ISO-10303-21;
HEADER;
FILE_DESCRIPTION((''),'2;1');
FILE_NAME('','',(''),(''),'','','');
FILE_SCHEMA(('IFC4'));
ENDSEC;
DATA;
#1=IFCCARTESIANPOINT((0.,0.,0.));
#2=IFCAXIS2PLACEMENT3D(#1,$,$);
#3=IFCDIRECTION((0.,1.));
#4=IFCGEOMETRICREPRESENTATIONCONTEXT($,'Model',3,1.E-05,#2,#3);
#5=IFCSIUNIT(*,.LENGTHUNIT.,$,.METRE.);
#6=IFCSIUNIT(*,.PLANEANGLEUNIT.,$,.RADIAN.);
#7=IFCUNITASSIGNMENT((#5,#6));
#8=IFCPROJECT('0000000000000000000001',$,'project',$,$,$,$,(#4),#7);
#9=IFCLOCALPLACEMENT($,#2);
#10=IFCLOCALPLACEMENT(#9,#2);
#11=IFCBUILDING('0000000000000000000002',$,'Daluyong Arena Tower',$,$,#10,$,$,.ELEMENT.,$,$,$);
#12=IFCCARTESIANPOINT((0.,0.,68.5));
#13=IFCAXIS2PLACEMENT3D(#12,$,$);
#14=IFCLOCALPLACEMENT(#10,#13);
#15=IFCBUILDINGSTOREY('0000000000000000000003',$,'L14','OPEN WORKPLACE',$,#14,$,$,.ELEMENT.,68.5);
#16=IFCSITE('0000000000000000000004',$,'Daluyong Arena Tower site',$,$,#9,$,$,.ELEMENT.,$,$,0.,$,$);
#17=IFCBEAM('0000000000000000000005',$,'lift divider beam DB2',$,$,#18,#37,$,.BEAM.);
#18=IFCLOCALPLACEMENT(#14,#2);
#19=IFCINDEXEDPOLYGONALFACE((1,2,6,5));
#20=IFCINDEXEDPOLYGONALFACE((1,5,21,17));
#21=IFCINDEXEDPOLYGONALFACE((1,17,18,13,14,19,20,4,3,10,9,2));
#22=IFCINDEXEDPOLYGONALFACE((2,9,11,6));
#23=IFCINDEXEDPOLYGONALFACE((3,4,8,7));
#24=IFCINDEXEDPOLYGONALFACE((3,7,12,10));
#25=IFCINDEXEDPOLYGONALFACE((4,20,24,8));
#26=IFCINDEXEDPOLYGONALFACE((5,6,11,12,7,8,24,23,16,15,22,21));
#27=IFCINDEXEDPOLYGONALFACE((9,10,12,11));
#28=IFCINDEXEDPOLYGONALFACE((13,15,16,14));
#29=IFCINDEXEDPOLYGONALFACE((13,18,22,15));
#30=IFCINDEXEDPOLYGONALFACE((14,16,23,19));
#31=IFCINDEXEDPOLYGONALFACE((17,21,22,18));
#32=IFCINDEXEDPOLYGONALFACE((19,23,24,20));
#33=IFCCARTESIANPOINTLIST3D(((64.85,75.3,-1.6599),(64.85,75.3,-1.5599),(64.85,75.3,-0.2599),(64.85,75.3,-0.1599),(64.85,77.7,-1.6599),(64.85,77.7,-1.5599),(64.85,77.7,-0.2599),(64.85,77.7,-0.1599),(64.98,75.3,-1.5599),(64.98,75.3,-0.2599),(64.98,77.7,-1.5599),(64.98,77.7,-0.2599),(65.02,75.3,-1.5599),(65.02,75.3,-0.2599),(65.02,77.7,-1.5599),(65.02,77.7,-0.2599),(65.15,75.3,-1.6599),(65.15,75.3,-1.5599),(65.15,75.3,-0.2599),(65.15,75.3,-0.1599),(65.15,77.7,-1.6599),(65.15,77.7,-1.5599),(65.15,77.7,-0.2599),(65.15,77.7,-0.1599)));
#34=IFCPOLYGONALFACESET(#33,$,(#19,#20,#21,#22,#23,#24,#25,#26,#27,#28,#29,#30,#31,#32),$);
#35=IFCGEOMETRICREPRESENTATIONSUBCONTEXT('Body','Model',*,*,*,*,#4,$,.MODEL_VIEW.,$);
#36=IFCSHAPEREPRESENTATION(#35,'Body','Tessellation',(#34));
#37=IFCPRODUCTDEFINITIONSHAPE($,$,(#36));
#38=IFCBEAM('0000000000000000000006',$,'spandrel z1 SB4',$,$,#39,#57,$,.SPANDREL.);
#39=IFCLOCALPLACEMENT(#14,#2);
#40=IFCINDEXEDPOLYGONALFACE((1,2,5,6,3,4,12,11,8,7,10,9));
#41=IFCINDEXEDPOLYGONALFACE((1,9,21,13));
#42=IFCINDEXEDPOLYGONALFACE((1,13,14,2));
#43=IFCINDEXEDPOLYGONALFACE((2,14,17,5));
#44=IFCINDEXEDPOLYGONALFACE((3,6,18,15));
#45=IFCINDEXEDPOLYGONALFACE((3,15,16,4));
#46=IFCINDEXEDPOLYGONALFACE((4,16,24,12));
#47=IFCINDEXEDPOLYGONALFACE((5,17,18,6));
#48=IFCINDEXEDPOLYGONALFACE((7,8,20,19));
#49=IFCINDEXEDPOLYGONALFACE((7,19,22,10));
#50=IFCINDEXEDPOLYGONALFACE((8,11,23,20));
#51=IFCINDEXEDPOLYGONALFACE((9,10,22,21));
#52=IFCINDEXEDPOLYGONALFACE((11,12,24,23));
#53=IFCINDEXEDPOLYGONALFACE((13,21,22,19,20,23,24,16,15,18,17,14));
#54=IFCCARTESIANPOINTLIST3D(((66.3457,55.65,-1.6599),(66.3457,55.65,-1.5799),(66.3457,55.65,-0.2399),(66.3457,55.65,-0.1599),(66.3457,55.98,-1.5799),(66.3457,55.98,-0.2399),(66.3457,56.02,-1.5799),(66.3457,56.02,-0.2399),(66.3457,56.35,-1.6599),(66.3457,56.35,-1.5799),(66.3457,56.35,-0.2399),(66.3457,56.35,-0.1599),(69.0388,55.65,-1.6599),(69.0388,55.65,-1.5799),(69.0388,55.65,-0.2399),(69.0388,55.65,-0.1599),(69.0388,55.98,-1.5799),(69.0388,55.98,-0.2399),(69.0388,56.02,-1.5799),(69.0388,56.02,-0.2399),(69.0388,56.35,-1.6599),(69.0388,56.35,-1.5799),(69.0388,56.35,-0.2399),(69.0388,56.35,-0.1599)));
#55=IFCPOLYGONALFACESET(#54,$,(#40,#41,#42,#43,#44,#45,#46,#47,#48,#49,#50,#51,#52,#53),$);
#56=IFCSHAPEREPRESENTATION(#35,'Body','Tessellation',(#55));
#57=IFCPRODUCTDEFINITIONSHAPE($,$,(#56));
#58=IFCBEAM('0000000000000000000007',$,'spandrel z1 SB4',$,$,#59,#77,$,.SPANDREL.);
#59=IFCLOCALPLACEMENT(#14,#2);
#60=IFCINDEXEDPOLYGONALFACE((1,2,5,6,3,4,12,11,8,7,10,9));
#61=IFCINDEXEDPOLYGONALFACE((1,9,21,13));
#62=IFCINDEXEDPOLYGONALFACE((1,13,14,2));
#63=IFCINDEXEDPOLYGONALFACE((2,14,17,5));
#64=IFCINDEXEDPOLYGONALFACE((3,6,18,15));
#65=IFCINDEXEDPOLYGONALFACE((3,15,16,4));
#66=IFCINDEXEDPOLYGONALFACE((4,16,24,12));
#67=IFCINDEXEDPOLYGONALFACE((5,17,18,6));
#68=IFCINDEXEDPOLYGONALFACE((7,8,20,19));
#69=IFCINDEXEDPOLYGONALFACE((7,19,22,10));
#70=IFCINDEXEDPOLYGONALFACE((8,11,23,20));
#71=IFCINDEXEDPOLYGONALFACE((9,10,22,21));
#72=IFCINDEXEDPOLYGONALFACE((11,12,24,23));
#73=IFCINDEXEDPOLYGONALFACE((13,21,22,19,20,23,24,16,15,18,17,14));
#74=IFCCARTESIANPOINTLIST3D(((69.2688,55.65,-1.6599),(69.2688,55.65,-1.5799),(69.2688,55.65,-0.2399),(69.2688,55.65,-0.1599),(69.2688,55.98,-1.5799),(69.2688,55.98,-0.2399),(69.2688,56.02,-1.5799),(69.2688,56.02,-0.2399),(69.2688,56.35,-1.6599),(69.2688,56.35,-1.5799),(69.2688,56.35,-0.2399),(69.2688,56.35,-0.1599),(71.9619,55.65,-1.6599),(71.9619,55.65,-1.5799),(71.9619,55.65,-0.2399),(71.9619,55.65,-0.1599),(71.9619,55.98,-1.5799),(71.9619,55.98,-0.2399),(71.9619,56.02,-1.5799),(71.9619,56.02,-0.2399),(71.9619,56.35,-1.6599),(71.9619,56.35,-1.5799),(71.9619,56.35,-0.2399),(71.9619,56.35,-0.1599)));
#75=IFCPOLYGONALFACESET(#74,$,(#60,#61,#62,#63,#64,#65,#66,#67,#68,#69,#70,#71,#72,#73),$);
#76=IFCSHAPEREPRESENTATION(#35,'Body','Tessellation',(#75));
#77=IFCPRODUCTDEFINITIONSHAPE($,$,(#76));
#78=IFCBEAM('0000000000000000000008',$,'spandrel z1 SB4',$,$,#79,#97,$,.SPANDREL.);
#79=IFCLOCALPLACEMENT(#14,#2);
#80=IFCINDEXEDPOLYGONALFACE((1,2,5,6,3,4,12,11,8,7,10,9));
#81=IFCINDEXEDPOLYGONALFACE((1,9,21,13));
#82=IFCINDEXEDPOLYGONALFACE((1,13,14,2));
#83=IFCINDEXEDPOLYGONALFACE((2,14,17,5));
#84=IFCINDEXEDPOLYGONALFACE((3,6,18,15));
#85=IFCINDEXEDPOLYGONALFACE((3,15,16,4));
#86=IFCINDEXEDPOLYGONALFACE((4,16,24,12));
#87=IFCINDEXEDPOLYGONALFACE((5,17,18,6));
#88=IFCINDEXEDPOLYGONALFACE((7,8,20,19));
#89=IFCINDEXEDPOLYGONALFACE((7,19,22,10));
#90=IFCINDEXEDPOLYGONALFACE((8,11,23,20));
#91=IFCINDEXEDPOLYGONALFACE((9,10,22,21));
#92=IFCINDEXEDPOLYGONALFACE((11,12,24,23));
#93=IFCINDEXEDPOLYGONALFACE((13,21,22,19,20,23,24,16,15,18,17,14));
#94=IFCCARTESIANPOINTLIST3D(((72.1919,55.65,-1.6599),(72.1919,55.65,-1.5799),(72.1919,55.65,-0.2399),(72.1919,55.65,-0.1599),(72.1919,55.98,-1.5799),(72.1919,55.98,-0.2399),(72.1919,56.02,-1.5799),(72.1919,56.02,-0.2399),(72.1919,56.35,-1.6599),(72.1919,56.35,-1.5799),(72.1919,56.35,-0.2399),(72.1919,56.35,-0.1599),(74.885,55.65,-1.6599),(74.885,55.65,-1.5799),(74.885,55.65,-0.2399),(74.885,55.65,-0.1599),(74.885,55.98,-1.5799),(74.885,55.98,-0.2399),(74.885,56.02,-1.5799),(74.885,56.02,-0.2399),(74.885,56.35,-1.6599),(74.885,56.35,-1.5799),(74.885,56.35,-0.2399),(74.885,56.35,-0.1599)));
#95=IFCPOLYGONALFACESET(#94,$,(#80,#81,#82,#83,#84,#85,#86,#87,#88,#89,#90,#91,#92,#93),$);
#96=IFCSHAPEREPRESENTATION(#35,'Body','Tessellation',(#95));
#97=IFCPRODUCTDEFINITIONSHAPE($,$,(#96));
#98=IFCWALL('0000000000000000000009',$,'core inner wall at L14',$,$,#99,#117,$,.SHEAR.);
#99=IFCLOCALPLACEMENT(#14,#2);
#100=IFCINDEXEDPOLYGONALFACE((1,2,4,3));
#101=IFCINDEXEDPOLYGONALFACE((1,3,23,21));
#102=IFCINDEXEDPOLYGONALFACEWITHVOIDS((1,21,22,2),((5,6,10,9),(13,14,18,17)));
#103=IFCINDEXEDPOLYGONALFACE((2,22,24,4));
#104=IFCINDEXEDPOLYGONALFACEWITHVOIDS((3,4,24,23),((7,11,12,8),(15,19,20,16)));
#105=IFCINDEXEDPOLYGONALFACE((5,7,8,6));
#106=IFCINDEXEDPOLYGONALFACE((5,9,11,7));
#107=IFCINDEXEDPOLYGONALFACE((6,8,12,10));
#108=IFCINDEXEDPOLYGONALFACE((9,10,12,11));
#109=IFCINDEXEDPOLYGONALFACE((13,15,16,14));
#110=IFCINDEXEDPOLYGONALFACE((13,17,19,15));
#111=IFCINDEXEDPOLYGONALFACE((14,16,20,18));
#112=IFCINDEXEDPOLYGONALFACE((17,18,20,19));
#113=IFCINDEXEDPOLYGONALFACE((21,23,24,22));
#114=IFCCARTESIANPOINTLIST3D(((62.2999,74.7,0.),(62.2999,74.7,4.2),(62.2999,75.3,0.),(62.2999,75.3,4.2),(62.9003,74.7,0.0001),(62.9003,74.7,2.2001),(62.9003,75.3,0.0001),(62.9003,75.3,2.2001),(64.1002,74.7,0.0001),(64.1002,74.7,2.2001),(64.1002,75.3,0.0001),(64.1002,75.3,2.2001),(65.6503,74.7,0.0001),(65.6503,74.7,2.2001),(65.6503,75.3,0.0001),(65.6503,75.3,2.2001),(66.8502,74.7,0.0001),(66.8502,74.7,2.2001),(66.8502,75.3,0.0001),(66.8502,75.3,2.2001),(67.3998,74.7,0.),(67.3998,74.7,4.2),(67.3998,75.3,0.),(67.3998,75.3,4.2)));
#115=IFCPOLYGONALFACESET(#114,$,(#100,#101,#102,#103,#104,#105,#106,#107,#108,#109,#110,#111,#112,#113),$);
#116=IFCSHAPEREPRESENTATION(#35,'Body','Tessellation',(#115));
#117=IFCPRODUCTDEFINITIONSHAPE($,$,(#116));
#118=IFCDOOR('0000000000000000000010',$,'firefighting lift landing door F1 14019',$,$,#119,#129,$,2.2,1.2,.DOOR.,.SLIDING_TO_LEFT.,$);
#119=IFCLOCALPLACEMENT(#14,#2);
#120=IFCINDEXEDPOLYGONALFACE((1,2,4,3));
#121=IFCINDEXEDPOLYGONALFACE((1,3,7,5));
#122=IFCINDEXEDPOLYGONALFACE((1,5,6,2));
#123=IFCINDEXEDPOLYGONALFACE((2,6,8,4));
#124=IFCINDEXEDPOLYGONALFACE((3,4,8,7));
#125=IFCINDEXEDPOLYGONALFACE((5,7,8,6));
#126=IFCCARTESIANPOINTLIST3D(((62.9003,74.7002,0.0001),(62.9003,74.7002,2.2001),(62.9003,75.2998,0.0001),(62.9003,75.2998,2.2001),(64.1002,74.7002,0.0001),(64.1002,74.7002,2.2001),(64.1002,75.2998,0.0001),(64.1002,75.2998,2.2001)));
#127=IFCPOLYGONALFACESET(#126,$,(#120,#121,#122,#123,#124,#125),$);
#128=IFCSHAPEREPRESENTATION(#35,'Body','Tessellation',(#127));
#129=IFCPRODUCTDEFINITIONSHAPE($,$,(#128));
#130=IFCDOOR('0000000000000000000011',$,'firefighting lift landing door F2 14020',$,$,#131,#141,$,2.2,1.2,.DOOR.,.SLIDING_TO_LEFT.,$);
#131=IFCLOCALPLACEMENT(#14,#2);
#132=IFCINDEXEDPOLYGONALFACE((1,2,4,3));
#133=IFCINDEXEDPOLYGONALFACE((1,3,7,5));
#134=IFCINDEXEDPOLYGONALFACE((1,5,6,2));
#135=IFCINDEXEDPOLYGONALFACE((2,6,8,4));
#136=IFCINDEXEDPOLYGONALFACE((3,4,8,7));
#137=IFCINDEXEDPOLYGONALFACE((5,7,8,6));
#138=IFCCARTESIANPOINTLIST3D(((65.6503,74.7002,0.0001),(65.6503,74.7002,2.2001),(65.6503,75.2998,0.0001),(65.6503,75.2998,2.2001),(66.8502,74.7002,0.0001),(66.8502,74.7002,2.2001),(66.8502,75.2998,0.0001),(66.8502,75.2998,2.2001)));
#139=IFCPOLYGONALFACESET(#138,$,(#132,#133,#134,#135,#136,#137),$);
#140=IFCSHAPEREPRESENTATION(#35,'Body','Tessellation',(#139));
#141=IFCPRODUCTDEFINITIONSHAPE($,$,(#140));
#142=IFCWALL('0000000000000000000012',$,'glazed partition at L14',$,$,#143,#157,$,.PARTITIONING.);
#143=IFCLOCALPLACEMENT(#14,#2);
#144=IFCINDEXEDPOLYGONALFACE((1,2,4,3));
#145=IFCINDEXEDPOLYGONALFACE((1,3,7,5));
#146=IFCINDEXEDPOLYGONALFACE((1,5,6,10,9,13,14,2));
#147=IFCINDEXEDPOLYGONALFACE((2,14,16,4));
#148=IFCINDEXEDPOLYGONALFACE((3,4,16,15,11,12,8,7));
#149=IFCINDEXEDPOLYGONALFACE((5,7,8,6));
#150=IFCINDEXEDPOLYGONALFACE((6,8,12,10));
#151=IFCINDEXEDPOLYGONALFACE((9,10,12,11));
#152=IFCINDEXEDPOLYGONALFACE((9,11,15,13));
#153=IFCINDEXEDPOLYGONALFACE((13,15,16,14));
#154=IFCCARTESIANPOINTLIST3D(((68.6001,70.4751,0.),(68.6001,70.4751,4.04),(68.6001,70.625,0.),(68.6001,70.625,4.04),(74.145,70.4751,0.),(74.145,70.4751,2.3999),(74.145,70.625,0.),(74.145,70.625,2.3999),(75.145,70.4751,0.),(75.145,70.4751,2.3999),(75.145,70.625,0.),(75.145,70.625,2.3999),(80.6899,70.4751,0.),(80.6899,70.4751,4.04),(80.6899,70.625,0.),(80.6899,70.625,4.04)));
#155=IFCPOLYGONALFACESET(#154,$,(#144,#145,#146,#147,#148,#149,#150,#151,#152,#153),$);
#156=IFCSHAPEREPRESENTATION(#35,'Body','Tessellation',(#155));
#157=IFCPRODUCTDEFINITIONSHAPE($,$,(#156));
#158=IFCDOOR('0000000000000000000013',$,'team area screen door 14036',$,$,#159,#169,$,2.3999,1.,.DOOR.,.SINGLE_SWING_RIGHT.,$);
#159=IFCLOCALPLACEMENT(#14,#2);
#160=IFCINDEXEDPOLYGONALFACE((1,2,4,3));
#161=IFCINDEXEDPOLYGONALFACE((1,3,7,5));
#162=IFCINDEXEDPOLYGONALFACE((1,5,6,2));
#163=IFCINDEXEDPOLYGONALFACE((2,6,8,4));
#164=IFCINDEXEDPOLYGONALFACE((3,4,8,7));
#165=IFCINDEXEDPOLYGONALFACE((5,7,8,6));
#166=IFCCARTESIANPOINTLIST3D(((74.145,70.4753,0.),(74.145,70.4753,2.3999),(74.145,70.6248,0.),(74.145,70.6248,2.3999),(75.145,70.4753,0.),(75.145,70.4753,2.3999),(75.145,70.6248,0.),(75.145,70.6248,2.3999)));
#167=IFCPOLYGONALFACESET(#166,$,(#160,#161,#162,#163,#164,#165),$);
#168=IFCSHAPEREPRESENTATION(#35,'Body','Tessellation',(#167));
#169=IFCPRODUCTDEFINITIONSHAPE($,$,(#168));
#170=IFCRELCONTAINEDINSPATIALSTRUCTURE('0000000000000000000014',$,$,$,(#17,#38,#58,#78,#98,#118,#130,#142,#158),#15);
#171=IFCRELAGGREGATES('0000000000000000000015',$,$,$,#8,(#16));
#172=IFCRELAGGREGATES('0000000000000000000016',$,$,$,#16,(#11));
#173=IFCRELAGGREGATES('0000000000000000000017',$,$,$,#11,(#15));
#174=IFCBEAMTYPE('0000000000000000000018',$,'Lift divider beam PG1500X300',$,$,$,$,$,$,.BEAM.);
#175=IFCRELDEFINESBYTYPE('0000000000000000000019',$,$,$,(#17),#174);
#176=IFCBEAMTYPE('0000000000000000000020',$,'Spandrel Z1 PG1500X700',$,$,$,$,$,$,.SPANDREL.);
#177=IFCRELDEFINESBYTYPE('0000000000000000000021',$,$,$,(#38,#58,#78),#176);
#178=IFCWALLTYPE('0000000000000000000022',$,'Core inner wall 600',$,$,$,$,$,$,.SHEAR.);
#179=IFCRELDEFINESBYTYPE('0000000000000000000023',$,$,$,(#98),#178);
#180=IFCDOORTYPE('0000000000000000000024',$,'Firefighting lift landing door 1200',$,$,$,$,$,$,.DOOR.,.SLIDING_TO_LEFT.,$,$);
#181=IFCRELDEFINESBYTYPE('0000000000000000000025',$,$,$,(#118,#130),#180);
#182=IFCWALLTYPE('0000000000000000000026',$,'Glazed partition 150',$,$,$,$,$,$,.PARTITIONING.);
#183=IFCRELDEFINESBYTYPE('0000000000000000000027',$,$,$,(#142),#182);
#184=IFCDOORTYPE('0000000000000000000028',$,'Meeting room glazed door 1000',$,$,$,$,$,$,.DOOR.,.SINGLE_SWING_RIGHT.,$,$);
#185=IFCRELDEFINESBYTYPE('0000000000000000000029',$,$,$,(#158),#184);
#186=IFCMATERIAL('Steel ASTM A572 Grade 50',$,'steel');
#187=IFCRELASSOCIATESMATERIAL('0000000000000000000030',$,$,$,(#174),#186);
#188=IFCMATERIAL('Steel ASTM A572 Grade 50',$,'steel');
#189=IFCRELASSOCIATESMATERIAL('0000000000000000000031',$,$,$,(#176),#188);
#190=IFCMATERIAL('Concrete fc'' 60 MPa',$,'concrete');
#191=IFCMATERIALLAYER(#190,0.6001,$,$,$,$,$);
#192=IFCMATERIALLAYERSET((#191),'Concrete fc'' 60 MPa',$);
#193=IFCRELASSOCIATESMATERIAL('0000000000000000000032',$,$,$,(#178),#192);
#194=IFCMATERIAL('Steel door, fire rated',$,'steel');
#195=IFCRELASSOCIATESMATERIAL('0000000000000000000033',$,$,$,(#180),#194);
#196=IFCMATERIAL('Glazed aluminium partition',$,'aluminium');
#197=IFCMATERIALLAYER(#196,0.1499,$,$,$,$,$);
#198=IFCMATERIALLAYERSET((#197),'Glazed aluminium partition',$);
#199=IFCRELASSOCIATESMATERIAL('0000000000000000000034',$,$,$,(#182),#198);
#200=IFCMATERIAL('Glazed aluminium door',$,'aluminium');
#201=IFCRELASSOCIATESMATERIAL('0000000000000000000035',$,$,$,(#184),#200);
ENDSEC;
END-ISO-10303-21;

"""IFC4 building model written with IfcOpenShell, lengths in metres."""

from ifc_helpers import new_model, si_unit, direction, frame, frame_2d, origin, origin_2d, place, context, subcontext, project, spatial, rectangle, i_section, extrude, material, layer, layer_set, material_profile, profile_set, type_object, element, fill, save


model = new_model("IFC4")

# Units and contexts
model_context = context("Model", 3, precision=1e-05, world=origin(), true_north=direction((0.0, 1.0)))
body_context = subcontext(model_context, "Body", "Model", "MODEL_VIEW")
ifc_project = project(units=[si_unit("LENGTHUNIT", "METRE"), si_unit("PLANEANGLEUNIT", "RADIAN")], contexts=[model_context])

# Site, building, storey
site_placement = place(None, origin())
site = spatial("IfcSite", under=ifc_project, at=site_placement, Name="Daluyong Arena Tower site", CompositionType="ELEMENT", RefElevation=0.0)
building_placement = place(site_placement, origin())
building = spatial("IfcBuilding", under=site, at=building_placement, Name="Daluyong Arena Tower", CompositionType="ELEMENT")
storey_placement = place(building_placement, frame((0.0, 0.0, 68.5)))
storey = spatial("IfcBuildingStorey", under=building, at=storey_placement, Name="L14", Description="OPEN WORKPLACE", CompositionType="ELEMENT", Elevation=68.5)

# Beams
ifc_material_1 = material(Name="Steel ASTM A572 Grade 50", Category="steel")
ifc_material_profile_1 = material_profile(ifc_material_1, i_section(OverallWidth=0.3, OverallDepth=1.5, WebThickness=0.04, FlangeThickness=0.1, at=origin_2d()))
ifc_profile_set_1 = profile_set([ifc_material_profile_1], Name="Steel ASTM A572 Grade 50")
beam_type_1 = type_object("IfcBeamType", Name="Lift divider beam PG1500X300", PredefinedType="BEAM", material=ifc_profile_set_1)
beam_1_placement = place(storey_placement, frame((65.0, 75.3, -0.9099), z_axis=(0.0, 1.0, 0.0), x_axis=(-1.0, 0.0, 0.0)))
element("IfcBeam", 1, at=beam_1_placement, inside=storey, type_object=beam_type_1, Name="lift divider beam DB2", PredefinedType="BEAM", context=body_context, shape_type="SweptSolid", body=[
    extrude(i_section(OverallWidth=0.3, OverallDepth=1.5, WebThickness=0.04, FlangeThickness=0.1, at=origin_2d()), origin(), (0.0, 0.0, 1.0), 2.3999),
])
ifc_material_2 = material(Name="Steel ASTM A572 Grade 50", Category="steel")
ifc_material_profile_2 = material_profile(ifc_material_2, i_section(OverallWidth=0.7, OverallDepth=1.5, WebThickness=0.04, FlangeThickness=0.08, at=origin_2d()))
ifc_profile_set_2 = profile_set([ifc_material_profile_2], Name="Steel ASTM A572 Grade 50")
beam_type_2 = type_object("IfcBeamType", Name="Spandrel Z1 PG1500X700", PredefinedType="SPANDREL", material=ifc_profile_set_2)
for number, where, z_axis, x_axis, name in (
    (2, (66.3457, 56.0, -0.9099), (1.0, 0.0, 0.0), (0.0, 1.0, 0.0), "spandrel z1 SB4"),
    (3, (69.2688, 56.0, -0.9099), (1.0, 0.0, 0.0), (0.0, 1.0, 0.0), "spandrel z1 SB4"),
    (4, (72.1919, 56.0, -0.9099), (1.0, 0.0, 0.0), (0.0, 1.0, 0.0), "spandrel z1 SB4"),
):
    element("IfcBeam", number, at=place(storey_placement, frame(where, z_axis=z_axis, x_axis=x_axis)), inside=storey, type_object=beam_type_2, Name=name, PredefinedType="SPANDREL", context=body_context, shape_type="SweptSolid", body=[
        extrude(i_section(OverallWidth=0.7, OverallDepth=1.5, WebThickness=0.04, FlangeThickness=0.08, at=origin_2d()), origin(), (0.0, 0.0, 1.0), 2.6931),
    ])

# Shared definitions
ifc_material_3 = material(Name="Concrete fc' 60 MPa", Category="concrete")
ifc_layer_1 = layer(ifc_material_3, 0.6001)
ifc_layer_set_1 = layer_set([ifc_layer_1], Name="Concrete fc' 60 MPa")
wall_type_1 = type_object("IfcWallType", Name="Core inner wall 600", PredefinedType="SHEAR", material=ifc_layer_set_1)

# Wall, openings, doors
wall_1_placement = place(storey_placement, frame((62.3, 75.0, 0.0), z_axis=(0.0, 0.0, 1.0), x_axis=(1.0, 0.0, 0.0)))
wall_1 = element("IfcWall", 5, at=wall_1_placement, inside=storey, type_object=wall_type_1, Name="core inner wall at L14", PredefinedType="SHEAR", context=body_context, shape_type="SweptSolid", body=[
    extrude(rectangle(XDim=5.0999, YDim=0.6001, at=frame_2d((2.5498, 0.0))), origin(), (0.0, 0.0, 1.0), 4.2),
])
opening_1_placement = place(wall_1_placement, frame((0.6001, 0.0, 0.0)))
opening_1 = element("IfcOpeningElement", 6, at=opening_1_placement, cuts=wall_1, PredefinedType="OPENING", context=body_context, shape_type="SweptSolid", body=[
    extrude(rectangle(XDim=1.2, YDim=2.2, at=frame_2d((0.6001, 1.1001))), frame((0.0, 0.3101, 0.0), z_axis=(0.0, -1.0, 0.0), x_axis=(1.0, 0.0, 0.0)), (0.0, 0.0, 1.0), 0.6201),
])
opening_2_placement = place(wall_1_placement, frame((3.3501, 0.0, 0.0)))
opening_2 = element("IfcOpeningElement", 7, at=opening_2_placement, cuts=wall_1, PredefinedType="OPENING", context=body_context, shape_type="SweptSolid", body=[
    extrude(rectangle(XDim=1.2, YDim=2.2, at=frame_2d((0.6001, 1.1001))), frame((0.0, 0.3101, 0.0), z_axis=(0.0, -1.0, 0.0), x_axis=(1.0, 0.0, 0.0)), (0.0, 0.0, 1.0), 0.6201),
])
ifc_material_4 = material(Name="Steel door, fire rated", Category="steel")
door_type_1 = type_object("IfcDoorType", Name="Firefighting lift landing door 1200", OperationType="SLIDING_TO_LEFT", PredefinedType="DOOR", material=ifc_material_4)
door_1_placement = place(opening_1_placement, origin())
door_1 = element("IfcDoor", 8, at=door_1_placement, inside=storey, type_object=door_type_1, Name="firefighting lift landing door F1 14019", OperationType="SLIDING_TO_LEFT", OverallHeight=2.2, OverallWidth=1.2, PredefinedType="DOOR", context=body_context, shape_type="SweptSolid", body=[
    extrude(rectangle(XDim=1.2, YDim=2.2, at=frame_2d((0.6001, 1.1001))), frame((0.0, 0.2998, 0.0), z_axis=(0.0, -1.0, 0.0), x_axis=(1.0, 0.0, 0.0)), (0.0, 0.0, 1.0), 0.5996),
])
fill(opening_1, door_1)
door_2_placement = place(opening_2_placement, origin())
door_2 = element("IfcDoor", 9, at=door_2_placement, inside=storey, type_object=door_type_1, Name="firefighting lift landing door F2 14020", OperationType="SLIDING_TO_LEFT", OverallHeight=2.2, OverallWidth=1.2, PredefinedType="DOOR", context=body_context, shape_type="SweptSolid", body=[
    extrude(rectangle(XDim=1.2, YDim=2.2, at=frame_2d((0.6001, 1.1001))), frame((0.0, 0.2998, 0.0), z_axis=(0.0, -1.0, 0.0), x_axis=(1.0, 0.0, 0.0)), (0.0, 0.0, 1.0), 0.5996),
])
fill(opening_2, door_2)

# Wall, opening, door
ifc_material_5 = material(Name="Glazed aluminium partition", Category="aluminium")
ifc_layer_2 = layer(ifc_material_5, 0.1499)
ifc_layer_set_2 = layer_set([ifc_layer_2], Name="Glazed aluminium partition")
wall_type_2 = type_object("IfcWallType", Name="Glazed partition 150", PredefinedType="PARTITIONING", material=ifc_layer_set_2)
wall_2_placement = place(storey_placement, frame((68.6001, 70.55, 0.0), z_axis=(0.0, 0.0, 1.0), x_axis=(1.0, 0.0, 0.0)))
wall_2 = element("IfcWall", 10, at=wall_2_placement, inside=storey, type_object=wall_type_2, Name="glazed partition at L14", PredefinedType="PARTITIONING", context=body_context, shape_type="SweptSolid", body=[
    extrude(rectangle(XDim=12.0898, YDim=0.1499, at=frame_2d((6.0449, 0.0))), origin(), (0.0, 0.0, 1.0), 4.04),
])
opening_3_placement = place(wall_2_placement, frame((5.5449, 0.0, 0.0)))
opening_3 = element("IfcOpeningElement", 11, at=opening_3_placement, cuts=wall_2, PredefinedType="OPENING", context=body_context, shape_type="SweptSolid", body=[
    extrude(rectangle(XDim=1.0, YDim=2.3999, at=frame_2d((0.5, 1.2))), frame((0.0, 0.085, 0.0), z_axis=(0.0, -1.0, 0.0), x_axis=(1.0, 0.0, 0.0)), (0.0, 0.0, 1.0), 0.1699),
])
ifc_material_6 = material(Name="Glazed aluminium door", Category="aluminium")
door_type_2 = type_object("IfcDoorType", Name="Meeting room glazed door 1000", OperationType="SINGLE_SWING_RIGHT", PredefinedType="DOOR", material=ifc_material_6)
door_3_placement = place(opening_3_placement, origin())
door_3 = element("IfcDoor", 12, at=door_3_placement, inside=storey, type_object=door_type_2, Name="team area screen door 14036", OperationType="SINGLE_SWING_RIGHT", OverallHeight=2.3999, OverallWidth=1.0, PredefinedType="DOOR", context=body_context, shape_type="SweptSolid", body=[
    extrude(rectangle(XDim=1.0, YDim=2.3999, at=frame_2d((0.5, 1.2))), frame((0.0, 0.0747, 0.0), z_axis=(0.0, -1.0, 0.0), x_axis=(1.0, 0.0, 0.0)), (0.0, 0.0, 1.0), 0.1494),
])
fill(opening_3, door_3)

save(model, "model.ifc")
